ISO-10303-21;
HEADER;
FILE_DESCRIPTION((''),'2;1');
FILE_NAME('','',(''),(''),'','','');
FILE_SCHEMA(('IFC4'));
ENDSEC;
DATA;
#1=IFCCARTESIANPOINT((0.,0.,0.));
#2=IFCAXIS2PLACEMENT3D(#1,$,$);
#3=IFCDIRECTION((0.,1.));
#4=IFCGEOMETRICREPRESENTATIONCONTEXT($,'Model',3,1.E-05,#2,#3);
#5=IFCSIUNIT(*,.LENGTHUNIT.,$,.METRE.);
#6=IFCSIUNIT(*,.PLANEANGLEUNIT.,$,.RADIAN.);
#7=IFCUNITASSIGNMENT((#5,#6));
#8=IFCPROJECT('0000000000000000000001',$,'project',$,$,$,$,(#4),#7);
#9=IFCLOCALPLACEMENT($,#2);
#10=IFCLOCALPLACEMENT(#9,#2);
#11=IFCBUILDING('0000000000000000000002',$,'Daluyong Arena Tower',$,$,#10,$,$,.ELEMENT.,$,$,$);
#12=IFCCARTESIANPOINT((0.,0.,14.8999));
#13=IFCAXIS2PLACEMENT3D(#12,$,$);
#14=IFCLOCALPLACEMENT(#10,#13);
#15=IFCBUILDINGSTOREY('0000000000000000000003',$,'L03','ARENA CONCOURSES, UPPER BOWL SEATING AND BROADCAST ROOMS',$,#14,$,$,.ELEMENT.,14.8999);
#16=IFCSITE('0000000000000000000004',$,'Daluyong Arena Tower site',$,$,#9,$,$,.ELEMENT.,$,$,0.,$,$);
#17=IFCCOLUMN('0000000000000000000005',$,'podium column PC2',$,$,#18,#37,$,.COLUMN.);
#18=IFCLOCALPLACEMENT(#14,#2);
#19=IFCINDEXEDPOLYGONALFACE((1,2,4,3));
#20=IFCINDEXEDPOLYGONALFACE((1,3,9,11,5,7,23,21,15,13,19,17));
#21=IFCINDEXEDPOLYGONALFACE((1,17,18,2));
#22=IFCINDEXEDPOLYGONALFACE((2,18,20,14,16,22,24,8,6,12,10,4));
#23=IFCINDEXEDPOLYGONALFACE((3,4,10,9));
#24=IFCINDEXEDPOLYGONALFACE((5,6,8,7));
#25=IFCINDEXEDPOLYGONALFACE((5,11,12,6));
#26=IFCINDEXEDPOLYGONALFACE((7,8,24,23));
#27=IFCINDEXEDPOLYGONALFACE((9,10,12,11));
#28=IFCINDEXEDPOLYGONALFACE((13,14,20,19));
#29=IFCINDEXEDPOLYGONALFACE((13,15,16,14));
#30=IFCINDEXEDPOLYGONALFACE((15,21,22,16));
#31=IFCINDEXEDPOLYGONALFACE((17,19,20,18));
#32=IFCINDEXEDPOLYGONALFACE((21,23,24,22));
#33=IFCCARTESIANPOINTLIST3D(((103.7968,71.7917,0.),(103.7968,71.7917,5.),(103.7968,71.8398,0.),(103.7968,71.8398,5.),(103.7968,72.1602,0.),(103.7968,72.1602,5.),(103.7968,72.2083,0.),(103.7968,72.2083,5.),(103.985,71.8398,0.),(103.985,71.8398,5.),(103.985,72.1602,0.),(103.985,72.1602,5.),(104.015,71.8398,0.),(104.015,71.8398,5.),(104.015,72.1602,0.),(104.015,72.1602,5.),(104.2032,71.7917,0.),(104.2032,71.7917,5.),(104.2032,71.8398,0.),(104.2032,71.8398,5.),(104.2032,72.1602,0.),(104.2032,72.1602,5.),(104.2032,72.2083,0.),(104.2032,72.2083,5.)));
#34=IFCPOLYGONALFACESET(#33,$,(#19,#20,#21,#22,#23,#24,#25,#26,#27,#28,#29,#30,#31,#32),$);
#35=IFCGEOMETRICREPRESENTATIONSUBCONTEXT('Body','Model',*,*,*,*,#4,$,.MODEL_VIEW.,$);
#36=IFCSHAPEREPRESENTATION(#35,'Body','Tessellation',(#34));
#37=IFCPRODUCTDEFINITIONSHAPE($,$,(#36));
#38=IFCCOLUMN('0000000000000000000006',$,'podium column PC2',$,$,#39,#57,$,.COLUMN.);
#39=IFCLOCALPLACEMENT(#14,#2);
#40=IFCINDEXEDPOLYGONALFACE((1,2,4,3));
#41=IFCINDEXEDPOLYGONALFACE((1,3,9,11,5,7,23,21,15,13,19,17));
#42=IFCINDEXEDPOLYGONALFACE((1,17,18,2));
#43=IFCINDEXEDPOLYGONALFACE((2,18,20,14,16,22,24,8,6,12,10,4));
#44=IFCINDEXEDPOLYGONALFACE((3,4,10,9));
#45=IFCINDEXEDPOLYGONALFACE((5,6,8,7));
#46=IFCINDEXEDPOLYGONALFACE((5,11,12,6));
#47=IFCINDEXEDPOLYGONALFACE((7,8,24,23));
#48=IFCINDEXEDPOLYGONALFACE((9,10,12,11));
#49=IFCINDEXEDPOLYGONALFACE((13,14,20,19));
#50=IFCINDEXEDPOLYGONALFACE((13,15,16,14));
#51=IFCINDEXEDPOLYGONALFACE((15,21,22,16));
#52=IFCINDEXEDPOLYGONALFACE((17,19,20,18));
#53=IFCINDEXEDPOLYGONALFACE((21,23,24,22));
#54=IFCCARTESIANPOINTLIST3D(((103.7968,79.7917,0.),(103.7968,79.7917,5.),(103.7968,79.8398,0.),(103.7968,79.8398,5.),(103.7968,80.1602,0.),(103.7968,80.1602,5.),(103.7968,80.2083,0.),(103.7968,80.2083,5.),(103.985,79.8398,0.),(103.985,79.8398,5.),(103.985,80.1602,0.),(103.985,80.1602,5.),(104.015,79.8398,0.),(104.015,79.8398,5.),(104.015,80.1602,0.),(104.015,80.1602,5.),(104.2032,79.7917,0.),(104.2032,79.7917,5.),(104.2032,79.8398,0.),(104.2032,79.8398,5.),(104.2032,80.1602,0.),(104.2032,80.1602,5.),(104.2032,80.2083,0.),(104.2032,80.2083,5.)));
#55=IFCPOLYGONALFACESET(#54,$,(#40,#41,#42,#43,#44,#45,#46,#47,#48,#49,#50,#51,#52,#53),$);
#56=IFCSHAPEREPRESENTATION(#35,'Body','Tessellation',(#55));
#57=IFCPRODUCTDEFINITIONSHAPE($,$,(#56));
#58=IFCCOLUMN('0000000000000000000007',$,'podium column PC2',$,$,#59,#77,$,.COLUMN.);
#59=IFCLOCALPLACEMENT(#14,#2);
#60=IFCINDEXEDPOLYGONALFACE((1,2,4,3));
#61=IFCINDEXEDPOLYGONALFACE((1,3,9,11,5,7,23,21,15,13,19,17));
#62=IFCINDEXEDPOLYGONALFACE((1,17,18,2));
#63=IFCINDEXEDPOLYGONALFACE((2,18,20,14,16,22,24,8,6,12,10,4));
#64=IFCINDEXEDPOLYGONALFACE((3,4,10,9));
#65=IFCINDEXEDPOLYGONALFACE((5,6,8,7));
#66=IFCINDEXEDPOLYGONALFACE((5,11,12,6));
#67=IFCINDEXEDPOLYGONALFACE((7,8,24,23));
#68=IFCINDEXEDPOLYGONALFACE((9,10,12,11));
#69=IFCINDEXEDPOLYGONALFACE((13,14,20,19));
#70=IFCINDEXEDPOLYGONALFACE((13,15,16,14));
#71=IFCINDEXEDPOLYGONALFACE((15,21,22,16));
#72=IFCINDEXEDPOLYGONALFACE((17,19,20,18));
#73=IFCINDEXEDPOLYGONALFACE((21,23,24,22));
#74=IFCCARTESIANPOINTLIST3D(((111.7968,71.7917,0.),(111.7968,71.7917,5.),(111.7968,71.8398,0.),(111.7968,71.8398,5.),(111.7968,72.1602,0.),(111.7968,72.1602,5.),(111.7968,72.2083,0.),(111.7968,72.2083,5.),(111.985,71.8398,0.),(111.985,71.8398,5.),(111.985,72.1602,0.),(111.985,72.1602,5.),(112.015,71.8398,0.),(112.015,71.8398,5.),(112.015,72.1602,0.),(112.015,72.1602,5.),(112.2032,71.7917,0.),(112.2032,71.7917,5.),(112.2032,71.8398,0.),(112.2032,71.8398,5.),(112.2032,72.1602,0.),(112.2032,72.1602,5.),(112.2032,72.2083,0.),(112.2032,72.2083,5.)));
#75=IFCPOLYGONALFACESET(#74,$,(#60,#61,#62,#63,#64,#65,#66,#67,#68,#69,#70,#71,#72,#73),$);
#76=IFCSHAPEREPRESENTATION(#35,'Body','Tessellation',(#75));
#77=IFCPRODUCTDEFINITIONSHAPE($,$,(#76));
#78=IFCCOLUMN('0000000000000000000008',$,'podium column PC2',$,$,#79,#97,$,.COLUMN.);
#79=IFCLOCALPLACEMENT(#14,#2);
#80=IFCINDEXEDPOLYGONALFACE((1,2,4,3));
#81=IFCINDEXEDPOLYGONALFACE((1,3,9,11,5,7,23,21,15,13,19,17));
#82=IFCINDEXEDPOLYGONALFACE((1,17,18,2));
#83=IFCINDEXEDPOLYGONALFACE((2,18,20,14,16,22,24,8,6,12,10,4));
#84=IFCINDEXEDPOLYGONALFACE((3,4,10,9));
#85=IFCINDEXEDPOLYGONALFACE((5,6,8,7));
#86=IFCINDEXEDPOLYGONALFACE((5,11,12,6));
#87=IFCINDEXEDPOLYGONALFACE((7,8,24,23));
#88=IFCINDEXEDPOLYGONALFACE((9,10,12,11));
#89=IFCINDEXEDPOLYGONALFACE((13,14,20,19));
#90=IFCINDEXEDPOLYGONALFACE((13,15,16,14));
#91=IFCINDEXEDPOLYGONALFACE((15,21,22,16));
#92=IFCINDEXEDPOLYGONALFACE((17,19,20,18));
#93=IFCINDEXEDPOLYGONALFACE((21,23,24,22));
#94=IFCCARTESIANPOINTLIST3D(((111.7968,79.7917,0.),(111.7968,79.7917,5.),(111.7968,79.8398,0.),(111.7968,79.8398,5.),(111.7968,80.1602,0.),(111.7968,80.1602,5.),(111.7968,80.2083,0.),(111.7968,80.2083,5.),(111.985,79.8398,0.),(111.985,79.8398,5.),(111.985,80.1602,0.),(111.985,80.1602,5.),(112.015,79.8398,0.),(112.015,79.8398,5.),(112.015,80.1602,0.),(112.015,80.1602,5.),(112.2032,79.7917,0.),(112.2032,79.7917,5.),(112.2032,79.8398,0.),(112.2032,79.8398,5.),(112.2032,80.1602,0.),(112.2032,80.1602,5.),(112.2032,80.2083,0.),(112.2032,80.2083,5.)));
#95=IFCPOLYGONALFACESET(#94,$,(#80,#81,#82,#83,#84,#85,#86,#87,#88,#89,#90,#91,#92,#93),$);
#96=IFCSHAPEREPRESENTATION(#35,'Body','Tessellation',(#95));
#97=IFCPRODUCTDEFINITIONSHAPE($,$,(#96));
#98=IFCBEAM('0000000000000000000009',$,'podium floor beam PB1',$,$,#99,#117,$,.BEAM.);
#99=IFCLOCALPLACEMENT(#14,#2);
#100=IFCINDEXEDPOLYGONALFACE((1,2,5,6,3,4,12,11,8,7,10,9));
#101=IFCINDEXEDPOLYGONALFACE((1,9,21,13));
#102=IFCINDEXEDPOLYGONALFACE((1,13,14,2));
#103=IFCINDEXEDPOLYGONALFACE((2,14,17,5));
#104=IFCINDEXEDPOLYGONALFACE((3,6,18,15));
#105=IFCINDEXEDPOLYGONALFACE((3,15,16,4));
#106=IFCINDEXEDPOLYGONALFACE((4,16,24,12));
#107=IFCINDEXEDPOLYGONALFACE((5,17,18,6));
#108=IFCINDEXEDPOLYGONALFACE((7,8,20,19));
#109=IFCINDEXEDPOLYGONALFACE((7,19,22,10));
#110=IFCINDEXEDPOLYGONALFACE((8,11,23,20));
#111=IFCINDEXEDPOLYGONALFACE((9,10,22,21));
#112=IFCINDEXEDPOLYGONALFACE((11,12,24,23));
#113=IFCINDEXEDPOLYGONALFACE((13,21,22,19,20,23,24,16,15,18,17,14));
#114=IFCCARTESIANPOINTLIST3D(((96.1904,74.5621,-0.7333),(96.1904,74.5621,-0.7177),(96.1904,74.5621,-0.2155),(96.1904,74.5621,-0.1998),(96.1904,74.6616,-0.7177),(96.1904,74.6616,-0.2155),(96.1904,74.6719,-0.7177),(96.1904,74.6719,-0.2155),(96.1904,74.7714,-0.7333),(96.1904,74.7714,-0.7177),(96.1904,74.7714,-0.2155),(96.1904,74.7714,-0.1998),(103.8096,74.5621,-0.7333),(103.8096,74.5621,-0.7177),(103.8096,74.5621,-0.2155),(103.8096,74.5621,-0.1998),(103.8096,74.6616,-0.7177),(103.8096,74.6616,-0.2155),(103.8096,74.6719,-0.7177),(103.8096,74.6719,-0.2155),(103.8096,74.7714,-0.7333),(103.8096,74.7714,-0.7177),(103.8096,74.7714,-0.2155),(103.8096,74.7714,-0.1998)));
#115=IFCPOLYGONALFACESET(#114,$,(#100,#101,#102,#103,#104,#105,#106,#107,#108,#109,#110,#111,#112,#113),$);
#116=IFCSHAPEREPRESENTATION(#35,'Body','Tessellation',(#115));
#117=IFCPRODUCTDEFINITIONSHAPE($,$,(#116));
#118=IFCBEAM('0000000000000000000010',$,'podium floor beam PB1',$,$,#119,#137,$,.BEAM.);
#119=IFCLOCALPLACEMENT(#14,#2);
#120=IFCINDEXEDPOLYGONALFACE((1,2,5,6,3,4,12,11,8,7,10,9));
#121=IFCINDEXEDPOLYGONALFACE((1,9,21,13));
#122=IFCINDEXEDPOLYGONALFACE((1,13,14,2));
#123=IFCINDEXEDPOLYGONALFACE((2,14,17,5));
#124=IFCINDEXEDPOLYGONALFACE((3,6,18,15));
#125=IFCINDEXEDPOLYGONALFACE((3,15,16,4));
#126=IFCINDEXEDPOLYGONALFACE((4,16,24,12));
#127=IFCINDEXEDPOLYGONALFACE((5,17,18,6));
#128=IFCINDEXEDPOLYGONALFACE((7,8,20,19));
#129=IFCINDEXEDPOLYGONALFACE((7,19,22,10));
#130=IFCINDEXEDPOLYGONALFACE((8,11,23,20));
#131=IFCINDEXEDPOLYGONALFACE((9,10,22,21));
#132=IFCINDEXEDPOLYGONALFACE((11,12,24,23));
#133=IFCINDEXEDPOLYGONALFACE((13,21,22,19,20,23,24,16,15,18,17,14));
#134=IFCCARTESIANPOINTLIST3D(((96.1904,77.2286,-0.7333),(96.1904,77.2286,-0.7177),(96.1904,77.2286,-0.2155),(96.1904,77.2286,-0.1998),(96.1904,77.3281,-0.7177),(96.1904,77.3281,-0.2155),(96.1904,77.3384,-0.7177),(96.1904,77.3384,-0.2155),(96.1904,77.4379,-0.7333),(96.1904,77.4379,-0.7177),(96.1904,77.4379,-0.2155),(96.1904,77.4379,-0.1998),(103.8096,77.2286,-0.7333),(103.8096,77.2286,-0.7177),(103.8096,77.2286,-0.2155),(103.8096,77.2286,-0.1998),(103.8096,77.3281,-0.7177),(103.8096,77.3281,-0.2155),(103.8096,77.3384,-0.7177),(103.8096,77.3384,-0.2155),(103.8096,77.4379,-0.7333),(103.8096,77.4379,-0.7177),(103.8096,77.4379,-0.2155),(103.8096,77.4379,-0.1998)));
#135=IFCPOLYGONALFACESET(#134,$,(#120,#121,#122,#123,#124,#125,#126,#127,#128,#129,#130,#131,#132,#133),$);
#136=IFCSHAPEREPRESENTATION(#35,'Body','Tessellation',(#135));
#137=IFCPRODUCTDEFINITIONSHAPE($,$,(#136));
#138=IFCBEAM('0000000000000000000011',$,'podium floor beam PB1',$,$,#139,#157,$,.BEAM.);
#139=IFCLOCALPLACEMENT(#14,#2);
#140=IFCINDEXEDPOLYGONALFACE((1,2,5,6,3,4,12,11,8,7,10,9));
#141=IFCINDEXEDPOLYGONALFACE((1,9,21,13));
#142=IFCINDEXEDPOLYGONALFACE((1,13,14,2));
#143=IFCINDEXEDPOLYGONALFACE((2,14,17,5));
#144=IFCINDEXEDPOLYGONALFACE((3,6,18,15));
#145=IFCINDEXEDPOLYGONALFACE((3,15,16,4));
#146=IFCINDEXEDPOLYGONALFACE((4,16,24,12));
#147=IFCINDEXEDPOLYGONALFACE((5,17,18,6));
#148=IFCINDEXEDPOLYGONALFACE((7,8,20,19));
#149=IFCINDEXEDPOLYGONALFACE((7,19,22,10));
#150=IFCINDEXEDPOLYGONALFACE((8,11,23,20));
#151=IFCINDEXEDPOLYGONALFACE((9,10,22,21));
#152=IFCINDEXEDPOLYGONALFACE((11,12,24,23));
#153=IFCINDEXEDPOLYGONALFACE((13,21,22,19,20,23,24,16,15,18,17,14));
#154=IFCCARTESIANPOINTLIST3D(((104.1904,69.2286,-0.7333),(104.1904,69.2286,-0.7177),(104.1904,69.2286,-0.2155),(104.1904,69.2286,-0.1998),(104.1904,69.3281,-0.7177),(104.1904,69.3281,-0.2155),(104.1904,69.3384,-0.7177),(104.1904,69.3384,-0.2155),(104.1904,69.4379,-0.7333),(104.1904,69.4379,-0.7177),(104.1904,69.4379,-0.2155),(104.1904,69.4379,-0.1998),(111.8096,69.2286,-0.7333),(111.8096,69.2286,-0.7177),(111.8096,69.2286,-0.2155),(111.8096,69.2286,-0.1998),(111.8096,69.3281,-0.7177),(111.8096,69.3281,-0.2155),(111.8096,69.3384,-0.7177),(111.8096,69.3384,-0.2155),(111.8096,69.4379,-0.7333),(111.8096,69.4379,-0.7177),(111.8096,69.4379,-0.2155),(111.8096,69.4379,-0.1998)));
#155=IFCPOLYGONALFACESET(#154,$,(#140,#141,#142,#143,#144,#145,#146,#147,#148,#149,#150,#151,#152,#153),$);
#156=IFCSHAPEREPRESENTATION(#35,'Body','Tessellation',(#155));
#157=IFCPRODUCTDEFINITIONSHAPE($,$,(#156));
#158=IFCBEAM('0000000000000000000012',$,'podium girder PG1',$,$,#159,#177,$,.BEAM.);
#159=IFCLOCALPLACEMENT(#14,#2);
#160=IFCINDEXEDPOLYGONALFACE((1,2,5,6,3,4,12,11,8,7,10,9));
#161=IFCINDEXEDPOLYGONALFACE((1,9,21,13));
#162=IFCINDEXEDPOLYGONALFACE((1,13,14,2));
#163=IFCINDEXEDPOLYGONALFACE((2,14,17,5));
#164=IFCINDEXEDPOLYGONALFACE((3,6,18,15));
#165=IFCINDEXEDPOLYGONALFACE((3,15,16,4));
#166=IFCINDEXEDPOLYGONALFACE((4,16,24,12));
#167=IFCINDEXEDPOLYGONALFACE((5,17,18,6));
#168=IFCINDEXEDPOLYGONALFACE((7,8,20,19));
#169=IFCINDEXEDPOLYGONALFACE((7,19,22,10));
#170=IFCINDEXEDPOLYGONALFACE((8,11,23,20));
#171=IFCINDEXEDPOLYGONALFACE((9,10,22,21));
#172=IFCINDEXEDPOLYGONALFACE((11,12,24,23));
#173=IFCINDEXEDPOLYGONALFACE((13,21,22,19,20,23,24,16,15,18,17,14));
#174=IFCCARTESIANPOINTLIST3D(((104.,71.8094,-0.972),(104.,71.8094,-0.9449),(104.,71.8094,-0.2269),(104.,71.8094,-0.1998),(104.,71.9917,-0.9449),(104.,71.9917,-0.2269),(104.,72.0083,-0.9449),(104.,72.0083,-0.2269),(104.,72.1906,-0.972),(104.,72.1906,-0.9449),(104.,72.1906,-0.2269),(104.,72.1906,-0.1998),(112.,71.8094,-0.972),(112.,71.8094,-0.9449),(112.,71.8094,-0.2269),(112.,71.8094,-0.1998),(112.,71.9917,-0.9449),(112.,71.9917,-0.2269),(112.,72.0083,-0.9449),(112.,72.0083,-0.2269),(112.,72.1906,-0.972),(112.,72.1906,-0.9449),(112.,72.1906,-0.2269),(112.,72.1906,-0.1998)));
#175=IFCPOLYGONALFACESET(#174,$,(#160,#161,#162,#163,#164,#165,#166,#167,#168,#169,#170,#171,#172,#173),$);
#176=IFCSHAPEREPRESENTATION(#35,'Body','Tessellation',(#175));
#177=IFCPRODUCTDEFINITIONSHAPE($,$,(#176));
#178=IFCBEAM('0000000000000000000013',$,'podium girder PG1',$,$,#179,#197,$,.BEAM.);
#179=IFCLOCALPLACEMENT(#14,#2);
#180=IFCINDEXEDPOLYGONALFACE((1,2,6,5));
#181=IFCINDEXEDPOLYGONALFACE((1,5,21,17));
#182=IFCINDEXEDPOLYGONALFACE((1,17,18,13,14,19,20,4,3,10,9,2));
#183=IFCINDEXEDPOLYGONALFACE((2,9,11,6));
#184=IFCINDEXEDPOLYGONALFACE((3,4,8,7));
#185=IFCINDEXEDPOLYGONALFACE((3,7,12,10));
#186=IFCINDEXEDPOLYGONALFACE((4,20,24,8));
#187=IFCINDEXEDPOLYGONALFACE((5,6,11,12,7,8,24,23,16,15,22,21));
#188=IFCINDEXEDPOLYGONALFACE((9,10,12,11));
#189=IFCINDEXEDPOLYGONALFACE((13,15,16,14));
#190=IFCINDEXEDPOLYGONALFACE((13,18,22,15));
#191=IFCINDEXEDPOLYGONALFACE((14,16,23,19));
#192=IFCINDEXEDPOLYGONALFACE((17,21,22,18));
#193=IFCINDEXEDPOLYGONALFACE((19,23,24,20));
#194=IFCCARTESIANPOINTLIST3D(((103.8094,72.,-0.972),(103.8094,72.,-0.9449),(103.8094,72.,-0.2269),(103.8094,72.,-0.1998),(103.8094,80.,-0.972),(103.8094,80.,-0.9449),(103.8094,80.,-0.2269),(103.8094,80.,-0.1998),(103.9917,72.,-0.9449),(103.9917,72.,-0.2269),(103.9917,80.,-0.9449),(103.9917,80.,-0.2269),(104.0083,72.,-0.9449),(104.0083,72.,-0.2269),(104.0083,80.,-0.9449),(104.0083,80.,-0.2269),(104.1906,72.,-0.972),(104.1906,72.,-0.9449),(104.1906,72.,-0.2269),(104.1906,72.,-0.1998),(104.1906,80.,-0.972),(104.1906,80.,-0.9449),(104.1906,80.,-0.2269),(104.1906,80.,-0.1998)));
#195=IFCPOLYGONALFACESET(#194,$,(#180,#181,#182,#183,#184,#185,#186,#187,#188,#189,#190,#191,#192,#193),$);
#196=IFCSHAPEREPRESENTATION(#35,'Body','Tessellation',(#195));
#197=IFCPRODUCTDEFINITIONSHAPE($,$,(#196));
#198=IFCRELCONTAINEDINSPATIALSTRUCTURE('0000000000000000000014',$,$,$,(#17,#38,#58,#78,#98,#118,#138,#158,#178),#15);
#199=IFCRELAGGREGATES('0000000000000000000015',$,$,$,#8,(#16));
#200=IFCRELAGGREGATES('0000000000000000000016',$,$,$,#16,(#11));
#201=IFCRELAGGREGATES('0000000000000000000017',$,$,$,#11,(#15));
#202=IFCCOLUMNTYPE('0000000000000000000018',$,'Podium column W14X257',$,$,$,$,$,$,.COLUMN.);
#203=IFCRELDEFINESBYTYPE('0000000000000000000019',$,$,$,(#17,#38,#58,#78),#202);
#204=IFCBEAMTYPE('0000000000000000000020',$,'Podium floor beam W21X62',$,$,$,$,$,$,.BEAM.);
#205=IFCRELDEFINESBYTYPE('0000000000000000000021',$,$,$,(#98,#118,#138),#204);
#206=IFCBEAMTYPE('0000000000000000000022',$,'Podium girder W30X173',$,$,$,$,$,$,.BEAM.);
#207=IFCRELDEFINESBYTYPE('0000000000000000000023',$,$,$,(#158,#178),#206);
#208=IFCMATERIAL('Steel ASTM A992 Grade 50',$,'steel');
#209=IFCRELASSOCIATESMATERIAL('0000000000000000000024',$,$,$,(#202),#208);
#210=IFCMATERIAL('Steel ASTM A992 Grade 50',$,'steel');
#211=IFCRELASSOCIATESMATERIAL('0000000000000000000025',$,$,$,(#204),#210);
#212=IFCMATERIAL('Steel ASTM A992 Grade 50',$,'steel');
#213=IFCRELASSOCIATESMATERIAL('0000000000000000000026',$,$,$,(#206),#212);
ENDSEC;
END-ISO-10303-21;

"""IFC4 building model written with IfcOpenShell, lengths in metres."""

from ifc_helpers import new_model, si_unit, direction, frame, origin, origin_2d, place, context, subcontext, project, spatial, i_section, extrude, material, material_profile, profile_set, type_object, element, save


model = new_model("IFC4")

# Units and contexts
model_context = context("Model", 3, precision=1e-05, world=origin(), true_north=direction((0.0, 1.0)))
body_context = subcontext(model_context, "Body", "Model", "MODEL_VIEW")
ifc_project = project(units=[si_unit("LENGTHUNIT", "METRE"), si_unit("PLANEANGLEUNIT", "RADIAN")], contexts=[model_context])

# Site, building, storey
site_placement = place(None, origin())
site = spatial("IfcSite", under=ifc_project, at=site_placement, Name="Daluyong Arena Tower site", CompositionType="ELEMENT", RefElevation=0.0)
building_placement = place(site_placement, origin())
building = spatial("IfcBuilding", under=site, at=building_placement, Name="Daluyong Arena Tower", CompositionType="ELEMENT")
storey_placement = place(building_placement, frame((0.0, 0.0, 14.8999)))
storey = spatial("IfcBuildingStorey", under=building, at=storey_placement, Name="L03", Description="ARENA CONCOURSES, UPPER BOWL SEATING AND BROADCAST ROOMS", CompositionType="ELEMENT", Elevation=14.8999)

# Columns
ifc_material_1 = material(Name="Steel ASTM A992 Grade 50", Category="steel")
ifc_material_profile_1 = material_profile(ifc_material_1, i_section(OverallWidth=0.4065, OverallDepth=0.4165, WebThickness=0.03, FlangeThickness=0.0481, at=origin_2d()))
ifc_profile_set_1 = profile_set([ifc_material_profile_1], Name="Steel ASTM A992 Grade 50")
column_type = type_object("IfcColumnType", Name="Podium column W14X257", PredefinedType="COLUMN", material=ifc_profile_set_1)
for number, where, z_axis, x_axis, name in (
    (1, (104.0, 72.0, 0.0), (0.0, 0.0, 1.0), (1.0, 0.0, 0.0), "podium column PC2"),
    (2, (104.0, 80.0, 0.0), (0.0, 0.0, 1.0), (1.0, 0.0, 0.0), "podium column PC2"),
    (3, (112.0, 72.0, 0.0), (0.0, 0.0, 1.0), (1.0, 0.0, 0.0), "podium column PC2"),
    (4, (112.0, 80.0, 0.0), (0.0, 0.0, 1.0), (1.0, 0.0, 0.0), "podium column PC2"),
):
    element("IfcColumn", number, at=place(storey_placement, frame(where, z_axis=z_axis, x_axis=x_axis)), inside=storey, type_object=column_type, Name=name, PredefinedType="COLUMN", context=body_context, shape_type="SweptSolid", body=[
        extrude(i_section(OverallWidth=0.4065, OverallDepth=0.4165, WebThickness=0.03, FlangeThickness=0.0481, at=origin_2d()), origin(), (0.0, 0.0, 1.0), 5.0),
    ])

# Beams
ifc_material_2 = material(Name="Steel ASTM A992 Grade 50", Category="steel")
ifc_material_profile_2 = material_profile(ifc_material_2, i_section(OverallWidth=0.2092, OverallDepth=0.5334, WebThickness=0.0103, FlangeThickness=0.0156, at=origin_2d()))
ifc_profile_set_2 = profile_set([ifc_material_profile_2], Name="Steel ASTM A992 Grade 50")
beam_type_1 = type_object("IfcBeamType", Name="Podium floor beam W21X62", PredefinedType="BEAM", material=ifc_profile_set_2)
for number, where, z_axis, x_axis, name in (
    (5, (96.1904, 74.6667, -0.4666), (1.0, 0.0, 0.0), (0.0, 1.0, 0.0), "podium floor beam PB1"),
    (6, (96.1904, 77.3333, -0.4666), (1.0, 0.0, 0.0), (0.0, 1.0, 0.0), "podium floor beam PB1"),
    (7, (104.1904, 69.3333, -0.4666), (1.0, 0.0, 0.0), (0.0, 1.0, 0.0), "podium floor beam PB1"),
):
    element("IfcBeam", number, at=place(storey_placement, frame(where, z_axis=z_axis, x_axis=x_axis)), inside=storey, type_object=beam_type_1, Name=name, PredefinedType="BEAM", context=body_context, shape_type="SweptSolid", body=[
        extrude(i_section(OverallWidth=0.2092, OverallDepth=0.5334, WebThickness=0.0103, FlangeThickness=0.0156, at=origin_2d()), origin(), (0.0, 0.0, 1.0), 7.6191),
    ])
ifc_material_3 = material(Name="Steel ASTM A992 Grade 50", Category="steel")
ifc_material_profile_3 = material_profile(ifc_material_3, i_section(OverallWidth=0.3811, OverallDepth=0.7722, WebThickness=0.0166, FlangeThickness=0.0271, at=origin_2d()))
ifc_profile_set_3 = profile_set([ifc_material_profile_3], Name="Steel ASTM A992 Grade 50")
beam_type_2 = type_object("IfcBeamType", Name="Podium girder W30X173", PredefinedType="BEAM", material=ifc_profile_set_3)
for number, where, z_axis, x_axis, name in (
    (8, (104.0, 72.0, -0.5859), (1.0, 0.0, 0.0), (0.0, 1.0, 0.0), "podium girder PG1"),
    (9, (104.0, 72.0, -0.5859), (0.0, 1.0, 0.0), (-1.0, 0.0, 0.0), "podium girder PG1"),
):
    element("IfcBeam", number, at=place(storey_placement, frame(where, z_axis=z_axis, x_axis=x_axis)), inside=storey, type_object=beam_type_2, Name=name, PredefinedType="BEAM", context=body_context, shape_type="SweptSolid", body=[
        extrude(i_section(OverallWidth=0.3811, OverallDepth=0.7722, WebThickness=0.0166, FlangeThickness=0.0271, at=origin_2d()), origin(), (0.0, 0.0, 1.0), 8.0),
    ])

save(model, "model.ifc")
